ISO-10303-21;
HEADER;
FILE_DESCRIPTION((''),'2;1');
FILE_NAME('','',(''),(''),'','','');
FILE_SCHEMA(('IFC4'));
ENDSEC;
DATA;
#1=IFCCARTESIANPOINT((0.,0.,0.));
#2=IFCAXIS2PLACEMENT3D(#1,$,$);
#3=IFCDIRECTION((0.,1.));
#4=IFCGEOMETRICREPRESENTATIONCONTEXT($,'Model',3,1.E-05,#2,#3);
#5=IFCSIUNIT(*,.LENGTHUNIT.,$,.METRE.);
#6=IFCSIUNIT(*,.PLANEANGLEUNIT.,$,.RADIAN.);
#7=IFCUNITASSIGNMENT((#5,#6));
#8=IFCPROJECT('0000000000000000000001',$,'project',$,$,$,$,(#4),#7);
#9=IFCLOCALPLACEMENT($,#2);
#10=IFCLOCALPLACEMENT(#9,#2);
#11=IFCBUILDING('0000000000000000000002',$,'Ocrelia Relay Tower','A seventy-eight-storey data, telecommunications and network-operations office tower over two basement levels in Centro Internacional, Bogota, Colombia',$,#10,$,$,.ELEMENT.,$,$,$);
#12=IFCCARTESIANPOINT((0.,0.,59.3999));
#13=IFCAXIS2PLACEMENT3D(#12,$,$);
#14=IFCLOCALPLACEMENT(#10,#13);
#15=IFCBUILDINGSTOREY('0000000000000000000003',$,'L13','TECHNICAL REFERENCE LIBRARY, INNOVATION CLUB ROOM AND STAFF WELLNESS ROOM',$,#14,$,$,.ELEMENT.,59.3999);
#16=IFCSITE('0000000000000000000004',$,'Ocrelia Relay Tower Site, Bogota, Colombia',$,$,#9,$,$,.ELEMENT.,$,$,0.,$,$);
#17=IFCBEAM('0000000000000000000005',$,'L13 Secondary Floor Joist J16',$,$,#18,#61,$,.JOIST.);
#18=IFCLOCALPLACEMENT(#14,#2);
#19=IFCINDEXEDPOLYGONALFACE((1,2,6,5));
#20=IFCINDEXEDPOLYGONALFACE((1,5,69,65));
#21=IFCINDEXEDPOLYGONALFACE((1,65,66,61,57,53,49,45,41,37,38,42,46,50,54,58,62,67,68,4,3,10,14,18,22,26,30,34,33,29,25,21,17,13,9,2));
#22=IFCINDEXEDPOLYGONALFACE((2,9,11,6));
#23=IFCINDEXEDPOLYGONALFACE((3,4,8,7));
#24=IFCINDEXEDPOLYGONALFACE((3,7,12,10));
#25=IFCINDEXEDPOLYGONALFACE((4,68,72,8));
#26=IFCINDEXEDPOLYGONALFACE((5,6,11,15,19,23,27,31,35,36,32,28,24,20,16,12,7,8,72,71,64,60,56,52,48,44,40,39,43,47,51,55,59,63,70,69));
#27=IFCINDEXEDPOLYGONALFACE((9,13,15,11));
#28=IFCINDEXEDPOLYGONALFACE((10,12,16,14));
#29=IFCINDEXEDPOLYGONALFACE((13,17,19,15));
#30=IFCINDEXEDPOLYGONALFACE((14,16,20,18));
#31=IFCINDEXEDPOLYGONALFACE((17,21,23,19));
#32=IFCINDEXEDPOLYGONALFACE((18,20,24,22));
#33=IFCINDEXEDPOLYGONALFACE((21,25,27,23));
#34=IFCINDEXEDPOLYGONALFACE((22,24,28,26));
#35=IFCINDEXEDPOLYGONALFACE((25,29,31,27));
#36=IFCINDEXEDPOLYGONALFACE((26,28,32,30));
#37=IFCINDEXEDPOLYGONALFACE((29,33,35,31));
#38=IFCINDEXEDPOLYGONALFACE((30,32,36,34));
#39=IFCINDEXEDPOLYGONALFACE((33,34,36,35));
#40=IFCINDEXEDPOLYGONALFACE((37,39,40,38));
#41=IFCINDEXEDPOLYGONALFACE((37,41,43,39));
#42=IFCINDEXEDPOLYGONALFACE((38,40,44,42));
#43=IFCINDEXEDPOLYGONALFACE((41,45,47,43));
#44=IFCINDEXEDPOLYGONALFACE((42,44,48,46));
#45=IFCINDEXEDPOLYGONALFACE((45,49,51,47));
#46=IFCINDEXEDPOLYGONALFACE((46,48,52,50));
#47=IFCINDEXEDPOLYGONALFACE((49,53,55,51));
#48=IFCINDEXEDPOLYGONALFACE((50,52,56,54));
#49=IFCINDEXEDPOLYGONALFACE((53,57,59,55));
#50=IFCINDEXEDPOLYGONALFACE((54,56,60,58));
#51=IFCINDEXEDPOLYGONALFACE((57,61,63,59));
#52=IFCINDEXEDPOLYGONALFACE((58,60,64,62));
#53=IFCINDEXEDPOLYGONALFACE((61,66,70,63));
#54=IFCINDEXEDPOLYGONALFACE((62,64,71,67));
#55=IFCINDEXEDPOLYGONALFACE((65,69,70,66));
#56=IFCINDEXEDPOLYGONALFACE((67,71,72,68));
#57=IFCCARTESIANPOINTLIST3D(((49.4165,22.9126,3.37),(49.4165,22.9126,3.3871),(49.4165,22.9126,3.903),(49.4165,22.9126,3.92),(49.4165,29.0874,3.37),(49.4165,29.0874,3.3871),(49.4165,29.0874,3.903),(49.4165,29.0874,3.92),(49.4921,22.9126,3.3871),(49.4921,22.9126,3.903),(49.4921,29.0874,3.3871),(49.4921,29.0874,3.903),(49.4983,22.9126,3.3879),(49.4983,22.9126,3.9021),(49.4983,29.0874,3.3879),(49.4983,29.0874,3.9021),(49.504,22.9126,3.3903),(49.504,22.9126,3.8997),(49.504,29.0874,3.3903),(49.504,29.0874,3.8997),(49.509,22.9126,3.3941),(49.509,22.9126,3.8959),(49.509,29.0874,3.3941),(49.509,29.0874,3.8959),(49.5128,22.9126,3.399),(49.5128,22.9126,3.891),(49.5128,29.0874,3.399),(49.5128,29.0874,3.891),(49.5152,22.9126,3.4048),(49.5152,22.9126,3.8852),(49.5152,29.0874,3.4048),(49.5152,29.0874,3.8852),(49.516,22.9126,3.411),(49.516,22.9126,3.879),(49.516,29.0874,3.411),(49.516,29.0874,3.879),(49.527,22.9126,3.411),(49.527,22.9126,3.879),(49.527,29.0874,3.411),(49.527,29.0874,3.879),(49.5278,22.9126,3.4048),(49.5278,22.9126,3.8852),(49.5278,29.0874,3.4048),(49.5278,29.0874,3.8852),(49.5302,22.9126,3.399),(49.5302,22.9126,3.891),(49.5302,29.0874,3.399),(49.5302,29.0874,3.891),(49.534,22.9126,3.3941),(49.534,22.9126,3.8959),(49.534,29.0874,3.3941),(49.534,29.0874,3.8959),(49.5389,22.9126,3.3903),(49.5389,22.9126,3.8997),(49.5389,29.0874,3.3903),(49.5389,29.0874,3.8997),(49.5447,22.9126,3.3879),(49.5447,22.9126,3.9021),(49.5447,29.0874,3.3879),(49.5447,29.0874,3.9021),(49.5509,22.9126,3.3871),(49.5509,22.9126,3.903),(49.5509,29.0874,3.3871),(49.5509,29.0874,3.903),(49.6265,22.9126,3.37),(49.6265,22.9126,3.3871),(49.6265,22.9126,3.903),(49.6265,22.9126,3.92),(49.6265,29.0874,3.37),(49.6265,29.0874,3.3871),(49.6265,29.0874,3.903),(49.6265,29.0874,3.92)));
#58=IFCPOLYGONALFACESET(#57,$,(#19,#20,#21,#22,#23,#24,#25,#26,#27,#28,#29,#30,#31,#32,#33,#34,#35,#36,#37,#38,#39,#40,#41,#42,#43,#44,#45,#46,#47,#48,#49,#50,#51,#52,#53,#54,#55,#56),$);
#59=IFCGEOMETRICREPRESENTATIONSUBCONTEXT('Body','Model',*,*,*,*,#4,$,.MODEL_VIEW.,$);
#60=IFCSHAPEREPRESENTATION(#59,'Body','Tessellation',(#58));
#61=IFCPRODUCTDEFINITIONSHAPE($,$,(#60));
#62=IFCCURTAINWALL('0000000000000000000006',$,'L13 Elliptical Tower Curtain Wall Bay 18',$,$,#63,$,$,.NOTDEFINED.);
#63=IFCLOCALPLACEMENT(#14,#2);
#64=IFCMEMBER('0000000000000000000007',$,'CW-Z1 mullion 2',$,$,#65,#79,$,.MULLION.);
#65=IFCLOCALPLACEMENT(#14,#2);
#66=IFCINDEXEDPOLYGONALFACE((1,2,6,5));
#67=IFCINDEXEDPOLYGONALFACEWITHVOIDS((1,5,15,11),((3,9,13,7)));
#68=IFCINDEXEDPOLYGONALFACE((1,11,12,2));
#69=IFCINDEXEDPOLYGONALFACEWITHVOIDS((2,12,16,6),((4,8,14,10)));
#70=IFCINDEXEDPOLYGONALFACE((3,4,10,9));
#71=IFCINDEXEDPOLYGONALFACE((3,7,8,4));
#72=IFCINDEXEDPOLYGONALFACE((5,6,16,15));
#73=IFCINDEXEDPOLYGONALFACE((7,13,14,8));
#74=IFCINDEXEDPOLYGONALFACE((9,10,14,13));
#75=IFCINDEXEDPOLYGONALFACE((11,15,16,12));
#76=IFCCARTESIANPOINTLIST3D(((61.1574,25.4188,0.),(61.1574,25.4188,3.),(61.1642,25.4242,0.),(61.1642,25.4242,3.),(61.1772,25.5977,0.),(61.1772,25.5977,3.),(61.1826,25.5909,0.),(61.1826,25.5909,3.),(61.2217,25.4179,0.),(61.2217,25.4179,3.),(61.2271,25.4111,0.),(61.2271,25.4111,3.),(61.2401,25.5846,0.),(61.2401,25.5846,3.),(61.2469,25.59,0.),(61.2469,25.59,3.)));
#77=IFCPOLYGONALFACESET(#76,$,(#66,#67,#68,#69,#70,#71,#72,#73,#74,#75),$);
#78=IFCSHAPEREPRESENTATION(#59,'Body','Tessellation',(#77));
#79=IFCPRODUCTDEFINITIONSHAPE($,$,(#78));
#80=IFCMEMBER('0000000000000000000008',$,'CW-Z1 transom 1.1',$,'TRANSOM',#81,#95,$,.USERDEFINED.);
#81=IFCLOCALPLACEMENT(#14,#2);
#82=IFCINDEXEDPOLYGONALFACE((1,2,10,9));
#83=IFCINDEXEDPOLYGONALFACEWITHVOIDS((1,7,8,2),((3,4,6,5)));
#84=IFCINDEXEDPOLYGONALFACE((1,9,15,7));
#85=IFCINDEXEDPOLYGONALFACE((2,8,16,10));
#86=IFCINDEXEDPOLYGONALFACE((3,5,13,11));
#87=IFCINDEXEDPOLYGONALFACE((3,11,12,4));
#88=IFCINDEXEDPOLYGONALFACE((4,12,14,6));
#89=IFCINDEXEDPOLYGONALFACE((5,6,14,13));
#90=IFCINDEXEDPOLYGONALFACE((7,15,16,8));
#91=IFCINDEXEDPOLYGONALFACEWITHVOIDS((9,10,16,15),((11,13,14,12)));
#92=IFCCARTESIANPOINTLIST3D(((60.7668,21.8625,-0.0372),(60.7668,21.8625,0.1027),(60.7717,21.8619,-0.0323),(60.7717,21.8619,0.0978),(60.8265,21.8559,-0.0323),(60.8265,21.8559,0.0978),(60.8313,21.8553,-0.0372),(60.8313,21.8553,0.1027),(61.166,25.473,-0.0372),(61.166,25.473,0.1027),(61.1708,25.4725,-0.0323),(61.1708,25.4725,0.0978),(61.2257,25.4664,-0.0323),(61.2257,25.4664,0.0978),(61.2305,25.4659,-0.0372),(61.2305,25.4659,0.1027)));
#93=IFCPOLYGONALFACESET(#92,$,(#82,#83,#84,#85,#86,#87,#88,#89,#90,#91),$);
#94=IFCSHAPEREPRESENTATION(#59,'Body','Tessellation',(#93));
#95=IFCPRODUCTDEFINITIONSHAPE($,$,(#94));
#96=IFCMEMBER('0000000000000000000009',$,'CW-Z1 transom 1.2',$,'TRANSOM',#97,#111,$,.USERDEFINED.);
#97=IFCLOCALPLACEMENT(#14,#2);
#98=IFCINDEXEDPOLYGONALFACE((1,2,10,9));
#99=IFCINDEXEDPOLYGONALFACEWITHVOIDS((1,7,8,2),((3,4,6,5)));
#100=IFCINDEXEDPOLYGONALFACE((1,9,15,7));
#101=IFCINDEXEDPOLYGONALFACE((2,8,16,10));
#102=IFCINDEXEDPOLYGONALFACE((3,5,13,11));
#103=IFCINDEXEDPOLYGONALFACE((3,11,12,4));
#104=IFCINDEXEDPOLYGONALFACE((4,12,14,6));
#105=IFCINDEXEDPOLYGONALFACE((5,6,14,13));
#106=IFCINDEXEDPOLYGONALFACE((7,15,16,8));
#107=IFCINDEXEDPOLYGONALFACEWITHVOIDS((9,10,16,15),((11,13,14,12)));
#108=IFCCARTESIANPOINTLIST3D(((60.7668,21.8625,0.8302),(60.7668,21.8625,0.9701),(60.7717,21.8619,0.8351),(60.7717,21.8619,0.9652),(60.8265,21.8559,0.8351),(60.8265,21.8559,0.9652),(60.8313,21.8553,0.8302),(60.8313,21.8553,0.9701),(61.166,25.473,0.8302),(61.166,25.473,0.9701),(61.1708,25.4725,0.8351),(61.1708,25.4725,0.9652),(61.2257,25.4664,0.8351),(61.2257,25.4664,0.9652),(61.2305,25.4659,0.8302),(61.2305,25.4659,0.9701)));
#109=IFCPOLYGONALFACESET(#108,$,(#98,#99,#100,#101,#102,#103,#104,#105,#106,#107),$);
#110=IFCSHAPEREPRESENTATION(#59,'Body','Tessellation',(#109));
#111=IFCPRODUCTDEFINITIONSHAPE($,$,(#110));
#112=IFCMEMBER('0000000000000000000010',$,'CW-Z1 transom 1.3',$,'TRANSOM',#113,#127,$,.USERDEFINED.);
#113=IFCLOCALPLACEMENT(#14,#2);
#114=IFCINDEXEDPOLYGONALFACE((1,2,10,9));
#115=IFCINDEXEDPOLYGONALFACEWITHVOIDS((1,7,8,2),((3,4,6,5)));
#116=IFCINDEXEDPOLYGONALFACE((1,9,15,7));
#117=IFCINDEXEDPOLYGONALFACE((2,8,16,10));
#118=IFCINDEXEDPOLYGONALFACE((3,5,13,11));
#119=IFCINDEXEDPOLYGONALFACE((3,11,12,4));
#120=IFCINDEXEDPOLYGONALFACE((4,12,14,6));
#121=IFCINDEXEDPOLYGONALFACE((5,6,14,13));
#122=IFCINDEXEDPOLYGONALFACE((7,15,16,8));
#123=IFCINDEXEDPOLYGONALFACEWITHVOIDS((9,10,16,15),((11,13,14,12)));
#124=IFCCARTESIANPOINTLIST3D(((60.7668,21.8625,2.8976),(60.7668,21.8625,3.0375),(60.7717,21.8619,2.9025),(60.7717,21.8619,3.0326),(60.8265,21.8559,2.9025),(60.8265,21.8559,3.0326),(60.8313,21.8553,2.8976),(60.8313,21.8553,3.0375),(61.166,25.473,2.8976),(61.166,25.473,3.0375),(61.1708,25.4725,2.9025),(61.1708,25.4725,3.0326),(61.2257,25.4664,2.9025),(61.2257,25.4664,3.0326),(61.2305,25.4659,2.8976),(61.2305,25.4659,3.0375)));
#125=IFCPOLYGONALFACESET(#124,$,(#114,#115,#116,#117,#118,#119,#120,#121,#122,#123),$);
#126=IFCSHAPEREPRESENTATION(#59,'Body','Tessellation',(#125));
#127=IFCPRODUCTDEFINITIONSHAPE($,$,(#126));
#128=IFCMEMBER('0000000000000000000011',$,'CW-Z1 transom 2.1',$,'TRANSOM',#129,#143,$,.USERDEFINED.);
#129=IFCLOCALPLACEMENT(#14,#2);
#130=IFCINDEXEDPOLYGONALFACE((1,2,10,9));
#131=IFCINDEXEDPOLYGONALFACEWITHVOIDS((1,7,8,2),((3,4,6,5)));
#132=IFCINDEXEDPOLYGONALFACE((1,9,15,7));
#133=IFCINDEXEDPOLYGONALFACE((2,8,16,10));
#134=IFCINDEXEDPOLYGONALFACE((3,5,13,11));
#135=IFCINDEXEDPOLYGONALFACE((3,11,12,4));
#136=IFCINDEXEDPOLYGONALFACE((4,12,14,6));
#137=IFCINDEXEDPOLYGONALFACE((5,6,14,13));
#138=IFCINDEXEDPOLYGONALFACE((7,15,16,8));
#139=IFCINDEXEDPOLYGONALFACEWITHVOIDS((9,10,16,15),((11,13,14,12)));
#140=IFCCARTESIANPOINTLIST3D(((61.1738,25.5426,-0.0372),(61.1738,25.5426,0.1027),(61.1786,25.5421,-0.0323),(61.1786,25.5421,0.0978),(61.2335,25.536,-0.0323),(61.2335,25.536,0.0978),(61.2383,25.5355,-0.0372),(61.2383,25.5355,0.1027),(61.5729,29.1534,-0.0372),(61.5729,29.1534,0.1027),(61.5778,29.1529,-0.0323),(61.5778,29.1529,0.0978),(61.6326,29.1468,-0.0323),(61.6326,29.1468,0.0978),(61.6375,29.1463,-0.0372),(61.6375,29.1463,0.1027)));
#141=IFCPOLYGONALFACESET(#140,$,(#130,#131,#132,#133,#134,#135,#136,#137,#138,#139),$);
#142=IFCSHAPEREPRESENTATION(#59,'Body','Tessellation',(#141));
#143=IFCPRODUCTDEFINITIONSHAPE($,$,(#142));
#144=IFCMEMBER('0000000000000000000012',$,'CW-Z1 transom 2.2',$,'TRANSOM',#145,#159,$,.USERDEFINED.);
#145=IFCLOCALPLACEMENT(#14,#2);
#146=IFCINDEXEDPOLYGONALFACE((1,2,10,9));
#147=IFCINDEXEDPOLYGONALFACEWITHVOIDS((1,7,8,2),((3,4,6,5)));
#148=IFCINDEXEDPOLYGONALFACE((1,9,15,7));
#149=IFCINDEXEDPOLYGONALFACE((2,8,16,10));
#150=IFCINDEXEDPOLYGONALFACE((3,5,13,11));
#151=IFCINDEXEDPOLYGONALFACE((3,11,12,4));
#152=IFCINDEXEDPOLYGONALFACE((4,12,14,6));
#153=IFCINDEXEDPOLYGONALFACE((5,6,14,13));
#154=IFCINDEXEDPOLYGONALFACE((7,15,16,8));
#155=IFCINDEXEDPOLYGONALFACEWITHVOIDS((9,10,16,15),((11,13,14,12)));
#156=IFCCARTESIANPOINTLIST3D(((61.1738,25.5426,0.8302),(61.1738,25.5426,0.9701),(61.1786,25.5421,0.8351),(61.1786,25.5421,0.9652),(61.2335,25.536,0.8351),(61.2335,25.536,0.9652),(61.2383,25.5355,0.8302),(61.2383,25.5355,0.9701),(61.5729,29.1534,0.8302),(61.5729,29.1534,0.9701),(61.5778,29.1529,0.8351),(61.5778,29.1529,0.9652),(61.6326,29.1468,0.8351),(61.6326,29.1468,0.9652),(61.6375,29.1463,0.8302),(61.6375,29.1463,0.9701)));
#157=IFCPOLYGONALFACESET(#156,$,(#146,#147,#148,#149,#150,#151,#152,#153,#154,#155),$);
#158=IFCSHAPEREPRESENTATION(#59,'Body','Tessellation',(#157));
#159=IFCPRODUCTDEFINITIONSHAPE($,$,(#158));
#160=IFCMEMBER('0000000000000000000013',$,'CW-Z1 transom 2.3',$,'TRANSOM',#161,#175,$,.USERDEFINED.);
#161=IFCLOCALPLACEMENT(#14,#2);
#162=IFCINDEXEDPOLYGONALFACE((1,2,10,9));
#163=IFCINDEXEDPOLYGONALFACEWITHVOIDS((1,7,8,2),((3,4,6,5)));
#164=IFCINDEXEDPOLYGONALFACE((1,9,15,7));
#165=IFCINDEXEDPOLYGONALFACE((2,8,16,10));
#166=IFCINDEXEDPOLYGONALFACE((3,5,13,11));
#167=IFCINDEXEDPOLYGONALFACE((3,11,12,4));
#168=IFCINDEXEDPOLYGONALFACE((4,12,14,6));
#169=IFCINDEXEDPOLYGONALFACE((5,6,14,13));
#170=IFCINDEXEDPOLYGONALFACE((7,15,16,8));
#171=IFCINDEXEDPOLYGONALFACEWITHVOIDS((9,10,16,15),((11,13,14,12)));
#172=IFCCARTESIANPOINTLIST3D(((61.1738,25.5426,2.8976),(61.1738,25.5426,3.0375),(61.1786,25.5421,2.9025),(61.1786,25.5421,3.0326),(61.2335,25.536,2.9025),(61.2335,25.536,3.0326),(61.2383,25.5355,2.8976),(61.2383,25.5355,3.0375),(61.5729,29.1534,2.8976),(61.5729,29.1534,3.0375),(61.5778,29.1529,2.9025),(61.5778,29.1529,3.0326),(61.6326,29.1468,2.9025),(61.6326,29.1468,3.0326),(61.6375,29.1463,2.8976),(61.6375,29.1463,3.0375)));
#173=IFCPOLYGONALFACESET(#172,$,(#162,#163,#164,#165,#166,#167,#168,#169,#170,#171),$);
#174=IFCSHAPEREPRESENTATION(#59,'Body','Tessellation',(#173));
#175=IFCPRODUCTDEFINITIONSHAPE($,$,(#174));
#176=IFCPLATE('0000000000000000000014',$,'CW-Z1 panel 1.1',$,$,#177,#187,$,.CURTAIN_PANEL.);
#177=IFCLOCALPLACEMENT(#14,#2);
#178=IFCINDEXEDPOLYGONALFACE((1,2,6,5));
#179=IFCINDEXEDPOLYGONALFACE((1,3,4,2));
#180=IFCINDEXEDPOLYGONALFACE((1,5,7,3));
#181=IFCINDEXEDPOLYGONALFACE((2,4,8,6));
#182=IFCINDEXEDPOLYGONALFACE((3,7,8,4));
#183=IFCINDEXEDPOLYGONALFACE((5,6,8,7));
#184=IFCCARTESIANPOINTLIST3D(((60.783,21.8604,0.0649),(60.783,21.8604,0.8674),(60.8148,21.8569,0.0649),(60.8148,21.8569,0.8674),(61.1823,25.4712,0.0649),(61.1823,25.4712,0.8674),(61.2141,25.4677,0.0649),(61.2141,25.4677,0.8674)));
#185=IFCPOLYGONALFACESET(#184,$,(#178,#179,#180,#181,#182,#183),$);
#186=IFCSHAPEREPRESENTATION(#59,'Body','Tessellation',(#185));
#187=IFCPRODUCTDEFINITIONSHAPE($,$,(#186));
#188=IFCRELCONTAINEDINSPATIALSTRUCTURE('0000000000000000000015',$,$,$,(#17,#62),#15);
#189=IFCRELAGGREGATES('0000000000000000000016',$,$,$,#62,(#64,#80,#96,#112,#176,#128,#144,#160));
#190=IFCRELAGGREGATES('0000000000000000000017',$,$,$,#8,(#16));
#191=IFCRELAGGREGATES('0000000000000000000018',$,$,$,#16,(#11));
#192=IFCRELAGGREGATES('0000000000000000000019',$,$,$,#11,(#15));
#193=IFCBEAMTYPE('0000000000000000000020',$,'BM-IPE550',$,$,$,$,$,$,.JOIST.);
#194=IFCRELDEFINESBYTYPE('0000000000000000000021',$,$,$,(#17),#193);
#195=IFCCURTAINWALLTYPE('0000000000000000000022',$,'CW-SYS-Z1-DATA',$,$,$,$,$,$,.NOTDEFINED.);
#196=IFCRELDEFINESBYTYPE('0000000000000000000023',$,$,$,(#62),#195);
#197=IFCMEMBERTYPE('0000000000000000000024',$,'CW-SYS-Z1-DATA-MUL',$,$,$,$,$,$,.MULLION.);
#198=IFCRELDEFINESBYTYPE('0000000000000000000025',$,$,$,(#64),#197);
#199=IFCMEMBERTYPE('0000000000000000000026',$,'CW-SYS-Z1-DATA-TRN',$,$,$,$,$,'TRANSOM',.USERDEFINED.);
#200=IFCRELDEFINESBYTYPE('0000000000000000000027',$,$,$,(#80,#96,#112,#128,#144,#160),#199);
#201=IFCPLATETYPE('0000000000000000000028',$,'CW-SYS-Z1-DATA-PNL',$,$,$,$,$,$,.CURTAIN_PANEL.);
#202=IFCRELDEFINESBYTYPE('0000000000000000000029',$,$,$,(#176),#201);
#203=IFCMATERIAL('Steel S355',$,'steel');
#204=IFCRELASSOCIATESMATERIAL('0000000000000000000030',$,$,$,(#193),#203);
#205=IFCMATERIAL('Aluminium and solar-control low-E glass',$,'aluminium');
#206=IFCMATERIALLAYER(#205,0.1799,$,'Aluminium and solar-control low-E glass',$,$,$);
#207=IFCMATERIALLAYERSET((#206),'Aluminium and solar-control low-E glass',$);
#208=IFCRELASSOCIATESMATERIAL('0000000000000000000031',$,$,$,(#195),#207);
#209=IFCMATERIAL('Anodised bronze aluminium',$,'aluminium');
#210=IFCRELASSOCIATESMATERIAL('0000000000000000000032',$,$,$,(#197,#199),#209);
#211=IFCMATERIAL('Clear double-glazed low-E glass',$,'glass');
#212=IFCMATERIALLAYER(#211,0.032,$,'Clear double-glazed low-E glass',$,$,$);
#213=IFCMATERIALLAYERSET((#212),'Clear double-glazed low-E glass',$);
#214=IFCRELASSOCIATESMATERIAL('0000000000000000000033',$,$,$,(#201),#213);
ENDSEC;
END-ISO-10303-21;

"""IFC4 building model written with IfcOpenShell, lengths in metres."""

from ifc_helpers import new_model, si_unit, direction, frame, origin, origin_2d, place, context, subcontext, project, spatial, rectangle, hollow_rectangle, i_section, extrude, material, layer, layer_set, material_profile, profile_set, type_object, element, aggregate, save


model = new_model("IFC4")

# Units and contexts
model_context = context("Model", 3, precision=1e-05, world=origin(), true_north=direction((0.0, 1.0)))
body_context = subcontext(model_context, "Body", "Model", "MODEL_VIEW")
ifc_project = project(units=[si_unit("LENGTHUNIT", "METRE"), si_unit("PLANEANGLEUNIT", "RADIAN")], contexts=[model_context])

# Site, building, storey
site_placement = place(None, origin())
site = spatial("IfcSite", under=ifc_project, at=site_placement, Name="Ocrelia Relay Tower Site, Bogota, Colombia", CompositionType="ELEMENT", RefElevation=0.0)
building_placement = place(site_placement, origin())
building = spatial("IfcBuilding", under=site, at=building_placement, Name="Ocrelia Relay Tower", Description="A seventy-eight-storey data, telecommunications and network-operations office tower over two basement levels in Centro Internacional, Bogota, Colombia", CompositionType="ELEMENT")
storey_placement = place(building_placement, frame((0.0, 0.0, 59.3999)))
storey = spatial("IfcBuildingStorey", under=building, at=storey_placement, Name="L13", Description="TECHNICAL REFERENCE LIBRARY, INNOVATION CLUB ROOM AND STAFF WELLNESS ROOM", CompositionType="ELEMENT", Elevation=59.3999)

# Beam
ifc_material_1 = material(Name="Steel S355", Category="steel")
ifc_material_profile_1 = material_profile(ifc_material_1, i_section(OverallWidth=0.21, OverallDepth=0.55, WebThickness=0.011, FlangeThickness=0.0171, FilletRadius=0.0239, at=origin_2d()), Name="IPE 550")
ifc_profile_set_1 = profile_set([ifc_material_profile_1], Name="Steel S355")
beam_type_1 = type_object("IfcBeamType", Name="BM-IPE550", PredefinedType="JOIST", material=ifc_profile_set_1)
beam_1_placement = place(storey_placement, frame((49.5215, 22.9126, 3.645), z_axis=(0.0, 1.0, 0.0), x_axis=(-1.0, 0.0, 0.0)))
element("IfcBeam", 1, at=beam_1_placement, inside=storey, type_object=beam_type_1, Name="L13 Secondary Floor Joist J16", PredefinedType="JOIST", context=body_context, shape_type="SweptSolid", body=[
    extrude(i_section(OverallWidth=0.21, OverallDepth=0.55, WebThickness=0.011, FlangeThickness=0.0171, FilletRadius=0.0239, at=origin_2d()), origin(), (0.0, 0.0, 1.0), 6.1748),
])

# Curtain wall, members, plate
ifc_material_2 = material(Name="Aluminium and solar-control low-E glass", Category="aluminium")
ifc_layer_1 = layer(ifc_material_2, 0.1799, Name="Aluminium and solar-control low-E glass")
ifc_layer_set_1 = layer_set([ifc_layer_1], Name="Aluminium and solar-control low-E glass")
curtain_wall_type = type_object("IfcCurtainWallType", Name="CW-SYS-Z1-DATA", PredefinedType="NOTDEFINED", material=ifc_layer_set_1)
curtain_wall_placement = place(storey_placement, origin())
curtain_wall = element("IfcCurtainWall", 2, at=curtain_wall_placement, inside=storey, type_object=curtain_wall_type, Name="L13 Elliptical Tower Curtain Wall Bay 18", PredefinedType="NOTDEFINED")
ifc_material_3 = material(Name="Anodised bronze aluminium", Category="aluminium")
ifc_material_profile_2 = material_profile(ifc_material_3, hollow_rectangle(XDim=0.0701, YDim=0.1799, WallThickness=0.0061, at=origin_2d()), Name="CW-MUL-180x70")
ifc_profile_set_2 = profile_set([ifc_material_profile_2], Name="Anodised bronze aluminium")
member_type_1 = type_object("IfcMemberType", Name="CW-SYS-Z1-DATA-MUL", PredefinedType="MULLION", material=ifc_profile_set_2)
member_1_placement = place(storey_placement, frame((61.2021, 25.5044, 0.0), z_axis=(0.0, 0.0, 1.0), x_axis=(-0.993941, 0.109919, 0.0)))
member_1 = element("IfcMember", 3, at=member_1_placement, type_object=member_type_1, Name="CW-Z1 mullion 2", PredefinedType="MULLION", context=body_context, shape_type="SweptSolid", body=[
    extrude(hollow_rectangle(XDim=0.0701, YDim=0.1799, WallThickness=0.0061, at=origin_2d()), origin(), (0.0, 0.0, 1.0), 3.0),
])
ifc_material_profile_3 = material_profile(ifc_material_3, hollow_rectangle(XDim=0.0649, YDim=0.1399, WallThickness=0.0049, at=origin_2d()), Name="CW-TRN-140x65")
ifc_profile_set_3 = profile_set([ifc_material_profile_3], Name="Anodised bronze aluminium")
member_type_2 = type_object("IfcMemberType", Name="CW-SYS-Z1-DATA-TRN", ElementType="TRANSOM", PredefinedType="USERDEFINED", material=ifc_profile_set_3)
member_2_placement = place(storey_placement, frame((60.7991, 21.8589, 0.0327), z_axis=(0.109886, 0.993944, 0.0), x_axis=(-0.993944, 0.109886, 0.0)))
member_2 = element("IfcMember", 4, at=member_2_placement, type_object=member_type_2, Name="CW-Z1 transom 1.1", ObjectType="TRANSOM", PredefinedType="USERDEFINED", context=body_context, shape_type="SweptSolid", body=[
    extrude(hollow_rectangle(XDim=0.0649, YDim=0.1399, WallThickness=0.0049, at=origin_2d()), origin(), (0.0, 0.0, 1.0), 3.6326),
])
member_3_placement = place(storey_placement, frame((60.7991, 21.8589, 0.9001), z_axis=(0.109886, 0.993944, 0.0), x_axis=(-0.993944, 0.109886, 0.0)))
member_3 = element("IfcMember", 5, at=member_3_placement, type_object=member_type_2, Name="CW-Z1 transom 1.2", ObjectType="TRANSOM", PredefinedType="USERDEFINED", context=body_context, shape_type="SweptSolid", body=[
    extrude(hollow_rectangle(XDim=0.0649, YDim=0.1399, WallThickness=0.0049, at=origin_2d()), origin(), (0.0, 0.0, 1.0), 3.6326),
])
member_4_placement = place(storey_placement, frame((60.7991, 21.8589, 2.9675), z_axis=(0.109886, 0.993944, 0.0), x_axis=(-0.993944, 0.109886, 0.0)))
member_4 = element("IfcMember", 6, at=member_4_placement, type_object=member_type_2, Name="CW-Z1 transom 1.3", ObjectType="TRANSOM", PredefinedType="USERDEFINED", context=body_context, shape_type="SweptSolid", body=[
    extrude(hollow_rectangle(XDim=0.0649, YDim=0.1399, WallThickness=0.0049, at=origin_2d()), origin(), (0.0, 0.0, 1.0), 3.6326),
])
member_5_placement = place(storey_placement, frame((61.2061, 25.5391, 0.0327), z_axis=(0.109878, 0.993945, 0.0), x_axis=(-0.993945, 0.109878, 0.0)))
member_5 = element("IfcMember", 7, at=member_5_placement, type_object=member_type_2, Name="CW-Z1 transom 2.1", ObjectType="TRANSOM", PredefinedType="USERDEFINED", context=body_context, shape_type="SweptSolid", body=[
    extrude(hollow_rectangle(XDim=0.0649, YDim=0.1399, WallThickness=0.0049, at=origin_2d()), origin(), (0.0, 0.0, 1.0), 3.6328),
])
member_6_placement = place(storey_placement, frame((61.2061, 25.5391, 0.9001), z_axis=(0.109878, 0.993945, 0.0), x_axis=(-0.993945, 0.109878, 0.0)))
member_6 = element("IfcMember", 8, at=member_6_placement, type_object=member_type_2, Name="CW-Z1 transom 2.2", ObjectType="TRANSOM", PredefinedType="USERDEFINED", context=body_context, shape_type="SweptSolid", body=[
    extrude(hollow_rectangle(XDim=0.0649, YDim=0.1399, WallThickness=0.0049, at=origin_2d()), origin(), (0.0, 0.0, 1.0), 3.6328),
])
member_7_placement = place(storey_placement, frame((61.2061, 25.5391, 2.9675), z_axis=(0.109878, 0.993945, 0.0), x_axis=(-0.993945, 0.109878, 0.0)))
member_7 = element("IfcMember", 9, at=member_7_placement, type_object=member_type_2, Name="CW-Z1 transom 2.3", ObjectType="TRANSOM", PredefinedType="USERDEFINED", context=body_context, shape_type="SweptSolid", body=[
    extrude(hollow_rectangle(XDim=0.0649, YDim=0.1399, WallThickness=0.0049, at=origin_2d()), origin(), (0.0, 0.0, 1.0), 3.6328),
])
ifc_material_4 = material(Name="Clear double-glazed low-E glass", Category="glass")
ifc_layer_2 = layer(ifc_material_4, 0.032, Name="Clear double-glazed low-E glass")
ifc_layer_set_2 = layer_set([ifc_layer_2], Name="Clear double-glazed low-E glass")
plate_type = type_object("IfcPlateType", Name="CW-SYS-Z1-DATA-PNL", PredefinedType="CURTAIN_PANEL", material=ifc_layer_set_2)
plate_1_placement = place(storey_placement, frame((60.9985, 23.6641, 0.0649), z_axis=(0.0, 0.0, 1.0), x_axis=(0.109919, 0.993941, 0.0)))
plate_1 = element("IfcPlate", 10, at=plate_1_placement, type_object=plate_type, Name="CW-Z1 panel 1.1", PredefinedType="CURTAIN_PANEL", context=body_context, shape_type="SweptSolid", body=[
    extrude(rectangle(XDim=3.6328, YDim=0.032, at=origin_2d()), origin(), (0.0, 0.0, 1.0), 0.8025),
])
aggregate(curtain_wall, [member_1, member_2, member_3, member_4, plate_1, member_5, member_6, member_7])

save(model, "model.ifc")
